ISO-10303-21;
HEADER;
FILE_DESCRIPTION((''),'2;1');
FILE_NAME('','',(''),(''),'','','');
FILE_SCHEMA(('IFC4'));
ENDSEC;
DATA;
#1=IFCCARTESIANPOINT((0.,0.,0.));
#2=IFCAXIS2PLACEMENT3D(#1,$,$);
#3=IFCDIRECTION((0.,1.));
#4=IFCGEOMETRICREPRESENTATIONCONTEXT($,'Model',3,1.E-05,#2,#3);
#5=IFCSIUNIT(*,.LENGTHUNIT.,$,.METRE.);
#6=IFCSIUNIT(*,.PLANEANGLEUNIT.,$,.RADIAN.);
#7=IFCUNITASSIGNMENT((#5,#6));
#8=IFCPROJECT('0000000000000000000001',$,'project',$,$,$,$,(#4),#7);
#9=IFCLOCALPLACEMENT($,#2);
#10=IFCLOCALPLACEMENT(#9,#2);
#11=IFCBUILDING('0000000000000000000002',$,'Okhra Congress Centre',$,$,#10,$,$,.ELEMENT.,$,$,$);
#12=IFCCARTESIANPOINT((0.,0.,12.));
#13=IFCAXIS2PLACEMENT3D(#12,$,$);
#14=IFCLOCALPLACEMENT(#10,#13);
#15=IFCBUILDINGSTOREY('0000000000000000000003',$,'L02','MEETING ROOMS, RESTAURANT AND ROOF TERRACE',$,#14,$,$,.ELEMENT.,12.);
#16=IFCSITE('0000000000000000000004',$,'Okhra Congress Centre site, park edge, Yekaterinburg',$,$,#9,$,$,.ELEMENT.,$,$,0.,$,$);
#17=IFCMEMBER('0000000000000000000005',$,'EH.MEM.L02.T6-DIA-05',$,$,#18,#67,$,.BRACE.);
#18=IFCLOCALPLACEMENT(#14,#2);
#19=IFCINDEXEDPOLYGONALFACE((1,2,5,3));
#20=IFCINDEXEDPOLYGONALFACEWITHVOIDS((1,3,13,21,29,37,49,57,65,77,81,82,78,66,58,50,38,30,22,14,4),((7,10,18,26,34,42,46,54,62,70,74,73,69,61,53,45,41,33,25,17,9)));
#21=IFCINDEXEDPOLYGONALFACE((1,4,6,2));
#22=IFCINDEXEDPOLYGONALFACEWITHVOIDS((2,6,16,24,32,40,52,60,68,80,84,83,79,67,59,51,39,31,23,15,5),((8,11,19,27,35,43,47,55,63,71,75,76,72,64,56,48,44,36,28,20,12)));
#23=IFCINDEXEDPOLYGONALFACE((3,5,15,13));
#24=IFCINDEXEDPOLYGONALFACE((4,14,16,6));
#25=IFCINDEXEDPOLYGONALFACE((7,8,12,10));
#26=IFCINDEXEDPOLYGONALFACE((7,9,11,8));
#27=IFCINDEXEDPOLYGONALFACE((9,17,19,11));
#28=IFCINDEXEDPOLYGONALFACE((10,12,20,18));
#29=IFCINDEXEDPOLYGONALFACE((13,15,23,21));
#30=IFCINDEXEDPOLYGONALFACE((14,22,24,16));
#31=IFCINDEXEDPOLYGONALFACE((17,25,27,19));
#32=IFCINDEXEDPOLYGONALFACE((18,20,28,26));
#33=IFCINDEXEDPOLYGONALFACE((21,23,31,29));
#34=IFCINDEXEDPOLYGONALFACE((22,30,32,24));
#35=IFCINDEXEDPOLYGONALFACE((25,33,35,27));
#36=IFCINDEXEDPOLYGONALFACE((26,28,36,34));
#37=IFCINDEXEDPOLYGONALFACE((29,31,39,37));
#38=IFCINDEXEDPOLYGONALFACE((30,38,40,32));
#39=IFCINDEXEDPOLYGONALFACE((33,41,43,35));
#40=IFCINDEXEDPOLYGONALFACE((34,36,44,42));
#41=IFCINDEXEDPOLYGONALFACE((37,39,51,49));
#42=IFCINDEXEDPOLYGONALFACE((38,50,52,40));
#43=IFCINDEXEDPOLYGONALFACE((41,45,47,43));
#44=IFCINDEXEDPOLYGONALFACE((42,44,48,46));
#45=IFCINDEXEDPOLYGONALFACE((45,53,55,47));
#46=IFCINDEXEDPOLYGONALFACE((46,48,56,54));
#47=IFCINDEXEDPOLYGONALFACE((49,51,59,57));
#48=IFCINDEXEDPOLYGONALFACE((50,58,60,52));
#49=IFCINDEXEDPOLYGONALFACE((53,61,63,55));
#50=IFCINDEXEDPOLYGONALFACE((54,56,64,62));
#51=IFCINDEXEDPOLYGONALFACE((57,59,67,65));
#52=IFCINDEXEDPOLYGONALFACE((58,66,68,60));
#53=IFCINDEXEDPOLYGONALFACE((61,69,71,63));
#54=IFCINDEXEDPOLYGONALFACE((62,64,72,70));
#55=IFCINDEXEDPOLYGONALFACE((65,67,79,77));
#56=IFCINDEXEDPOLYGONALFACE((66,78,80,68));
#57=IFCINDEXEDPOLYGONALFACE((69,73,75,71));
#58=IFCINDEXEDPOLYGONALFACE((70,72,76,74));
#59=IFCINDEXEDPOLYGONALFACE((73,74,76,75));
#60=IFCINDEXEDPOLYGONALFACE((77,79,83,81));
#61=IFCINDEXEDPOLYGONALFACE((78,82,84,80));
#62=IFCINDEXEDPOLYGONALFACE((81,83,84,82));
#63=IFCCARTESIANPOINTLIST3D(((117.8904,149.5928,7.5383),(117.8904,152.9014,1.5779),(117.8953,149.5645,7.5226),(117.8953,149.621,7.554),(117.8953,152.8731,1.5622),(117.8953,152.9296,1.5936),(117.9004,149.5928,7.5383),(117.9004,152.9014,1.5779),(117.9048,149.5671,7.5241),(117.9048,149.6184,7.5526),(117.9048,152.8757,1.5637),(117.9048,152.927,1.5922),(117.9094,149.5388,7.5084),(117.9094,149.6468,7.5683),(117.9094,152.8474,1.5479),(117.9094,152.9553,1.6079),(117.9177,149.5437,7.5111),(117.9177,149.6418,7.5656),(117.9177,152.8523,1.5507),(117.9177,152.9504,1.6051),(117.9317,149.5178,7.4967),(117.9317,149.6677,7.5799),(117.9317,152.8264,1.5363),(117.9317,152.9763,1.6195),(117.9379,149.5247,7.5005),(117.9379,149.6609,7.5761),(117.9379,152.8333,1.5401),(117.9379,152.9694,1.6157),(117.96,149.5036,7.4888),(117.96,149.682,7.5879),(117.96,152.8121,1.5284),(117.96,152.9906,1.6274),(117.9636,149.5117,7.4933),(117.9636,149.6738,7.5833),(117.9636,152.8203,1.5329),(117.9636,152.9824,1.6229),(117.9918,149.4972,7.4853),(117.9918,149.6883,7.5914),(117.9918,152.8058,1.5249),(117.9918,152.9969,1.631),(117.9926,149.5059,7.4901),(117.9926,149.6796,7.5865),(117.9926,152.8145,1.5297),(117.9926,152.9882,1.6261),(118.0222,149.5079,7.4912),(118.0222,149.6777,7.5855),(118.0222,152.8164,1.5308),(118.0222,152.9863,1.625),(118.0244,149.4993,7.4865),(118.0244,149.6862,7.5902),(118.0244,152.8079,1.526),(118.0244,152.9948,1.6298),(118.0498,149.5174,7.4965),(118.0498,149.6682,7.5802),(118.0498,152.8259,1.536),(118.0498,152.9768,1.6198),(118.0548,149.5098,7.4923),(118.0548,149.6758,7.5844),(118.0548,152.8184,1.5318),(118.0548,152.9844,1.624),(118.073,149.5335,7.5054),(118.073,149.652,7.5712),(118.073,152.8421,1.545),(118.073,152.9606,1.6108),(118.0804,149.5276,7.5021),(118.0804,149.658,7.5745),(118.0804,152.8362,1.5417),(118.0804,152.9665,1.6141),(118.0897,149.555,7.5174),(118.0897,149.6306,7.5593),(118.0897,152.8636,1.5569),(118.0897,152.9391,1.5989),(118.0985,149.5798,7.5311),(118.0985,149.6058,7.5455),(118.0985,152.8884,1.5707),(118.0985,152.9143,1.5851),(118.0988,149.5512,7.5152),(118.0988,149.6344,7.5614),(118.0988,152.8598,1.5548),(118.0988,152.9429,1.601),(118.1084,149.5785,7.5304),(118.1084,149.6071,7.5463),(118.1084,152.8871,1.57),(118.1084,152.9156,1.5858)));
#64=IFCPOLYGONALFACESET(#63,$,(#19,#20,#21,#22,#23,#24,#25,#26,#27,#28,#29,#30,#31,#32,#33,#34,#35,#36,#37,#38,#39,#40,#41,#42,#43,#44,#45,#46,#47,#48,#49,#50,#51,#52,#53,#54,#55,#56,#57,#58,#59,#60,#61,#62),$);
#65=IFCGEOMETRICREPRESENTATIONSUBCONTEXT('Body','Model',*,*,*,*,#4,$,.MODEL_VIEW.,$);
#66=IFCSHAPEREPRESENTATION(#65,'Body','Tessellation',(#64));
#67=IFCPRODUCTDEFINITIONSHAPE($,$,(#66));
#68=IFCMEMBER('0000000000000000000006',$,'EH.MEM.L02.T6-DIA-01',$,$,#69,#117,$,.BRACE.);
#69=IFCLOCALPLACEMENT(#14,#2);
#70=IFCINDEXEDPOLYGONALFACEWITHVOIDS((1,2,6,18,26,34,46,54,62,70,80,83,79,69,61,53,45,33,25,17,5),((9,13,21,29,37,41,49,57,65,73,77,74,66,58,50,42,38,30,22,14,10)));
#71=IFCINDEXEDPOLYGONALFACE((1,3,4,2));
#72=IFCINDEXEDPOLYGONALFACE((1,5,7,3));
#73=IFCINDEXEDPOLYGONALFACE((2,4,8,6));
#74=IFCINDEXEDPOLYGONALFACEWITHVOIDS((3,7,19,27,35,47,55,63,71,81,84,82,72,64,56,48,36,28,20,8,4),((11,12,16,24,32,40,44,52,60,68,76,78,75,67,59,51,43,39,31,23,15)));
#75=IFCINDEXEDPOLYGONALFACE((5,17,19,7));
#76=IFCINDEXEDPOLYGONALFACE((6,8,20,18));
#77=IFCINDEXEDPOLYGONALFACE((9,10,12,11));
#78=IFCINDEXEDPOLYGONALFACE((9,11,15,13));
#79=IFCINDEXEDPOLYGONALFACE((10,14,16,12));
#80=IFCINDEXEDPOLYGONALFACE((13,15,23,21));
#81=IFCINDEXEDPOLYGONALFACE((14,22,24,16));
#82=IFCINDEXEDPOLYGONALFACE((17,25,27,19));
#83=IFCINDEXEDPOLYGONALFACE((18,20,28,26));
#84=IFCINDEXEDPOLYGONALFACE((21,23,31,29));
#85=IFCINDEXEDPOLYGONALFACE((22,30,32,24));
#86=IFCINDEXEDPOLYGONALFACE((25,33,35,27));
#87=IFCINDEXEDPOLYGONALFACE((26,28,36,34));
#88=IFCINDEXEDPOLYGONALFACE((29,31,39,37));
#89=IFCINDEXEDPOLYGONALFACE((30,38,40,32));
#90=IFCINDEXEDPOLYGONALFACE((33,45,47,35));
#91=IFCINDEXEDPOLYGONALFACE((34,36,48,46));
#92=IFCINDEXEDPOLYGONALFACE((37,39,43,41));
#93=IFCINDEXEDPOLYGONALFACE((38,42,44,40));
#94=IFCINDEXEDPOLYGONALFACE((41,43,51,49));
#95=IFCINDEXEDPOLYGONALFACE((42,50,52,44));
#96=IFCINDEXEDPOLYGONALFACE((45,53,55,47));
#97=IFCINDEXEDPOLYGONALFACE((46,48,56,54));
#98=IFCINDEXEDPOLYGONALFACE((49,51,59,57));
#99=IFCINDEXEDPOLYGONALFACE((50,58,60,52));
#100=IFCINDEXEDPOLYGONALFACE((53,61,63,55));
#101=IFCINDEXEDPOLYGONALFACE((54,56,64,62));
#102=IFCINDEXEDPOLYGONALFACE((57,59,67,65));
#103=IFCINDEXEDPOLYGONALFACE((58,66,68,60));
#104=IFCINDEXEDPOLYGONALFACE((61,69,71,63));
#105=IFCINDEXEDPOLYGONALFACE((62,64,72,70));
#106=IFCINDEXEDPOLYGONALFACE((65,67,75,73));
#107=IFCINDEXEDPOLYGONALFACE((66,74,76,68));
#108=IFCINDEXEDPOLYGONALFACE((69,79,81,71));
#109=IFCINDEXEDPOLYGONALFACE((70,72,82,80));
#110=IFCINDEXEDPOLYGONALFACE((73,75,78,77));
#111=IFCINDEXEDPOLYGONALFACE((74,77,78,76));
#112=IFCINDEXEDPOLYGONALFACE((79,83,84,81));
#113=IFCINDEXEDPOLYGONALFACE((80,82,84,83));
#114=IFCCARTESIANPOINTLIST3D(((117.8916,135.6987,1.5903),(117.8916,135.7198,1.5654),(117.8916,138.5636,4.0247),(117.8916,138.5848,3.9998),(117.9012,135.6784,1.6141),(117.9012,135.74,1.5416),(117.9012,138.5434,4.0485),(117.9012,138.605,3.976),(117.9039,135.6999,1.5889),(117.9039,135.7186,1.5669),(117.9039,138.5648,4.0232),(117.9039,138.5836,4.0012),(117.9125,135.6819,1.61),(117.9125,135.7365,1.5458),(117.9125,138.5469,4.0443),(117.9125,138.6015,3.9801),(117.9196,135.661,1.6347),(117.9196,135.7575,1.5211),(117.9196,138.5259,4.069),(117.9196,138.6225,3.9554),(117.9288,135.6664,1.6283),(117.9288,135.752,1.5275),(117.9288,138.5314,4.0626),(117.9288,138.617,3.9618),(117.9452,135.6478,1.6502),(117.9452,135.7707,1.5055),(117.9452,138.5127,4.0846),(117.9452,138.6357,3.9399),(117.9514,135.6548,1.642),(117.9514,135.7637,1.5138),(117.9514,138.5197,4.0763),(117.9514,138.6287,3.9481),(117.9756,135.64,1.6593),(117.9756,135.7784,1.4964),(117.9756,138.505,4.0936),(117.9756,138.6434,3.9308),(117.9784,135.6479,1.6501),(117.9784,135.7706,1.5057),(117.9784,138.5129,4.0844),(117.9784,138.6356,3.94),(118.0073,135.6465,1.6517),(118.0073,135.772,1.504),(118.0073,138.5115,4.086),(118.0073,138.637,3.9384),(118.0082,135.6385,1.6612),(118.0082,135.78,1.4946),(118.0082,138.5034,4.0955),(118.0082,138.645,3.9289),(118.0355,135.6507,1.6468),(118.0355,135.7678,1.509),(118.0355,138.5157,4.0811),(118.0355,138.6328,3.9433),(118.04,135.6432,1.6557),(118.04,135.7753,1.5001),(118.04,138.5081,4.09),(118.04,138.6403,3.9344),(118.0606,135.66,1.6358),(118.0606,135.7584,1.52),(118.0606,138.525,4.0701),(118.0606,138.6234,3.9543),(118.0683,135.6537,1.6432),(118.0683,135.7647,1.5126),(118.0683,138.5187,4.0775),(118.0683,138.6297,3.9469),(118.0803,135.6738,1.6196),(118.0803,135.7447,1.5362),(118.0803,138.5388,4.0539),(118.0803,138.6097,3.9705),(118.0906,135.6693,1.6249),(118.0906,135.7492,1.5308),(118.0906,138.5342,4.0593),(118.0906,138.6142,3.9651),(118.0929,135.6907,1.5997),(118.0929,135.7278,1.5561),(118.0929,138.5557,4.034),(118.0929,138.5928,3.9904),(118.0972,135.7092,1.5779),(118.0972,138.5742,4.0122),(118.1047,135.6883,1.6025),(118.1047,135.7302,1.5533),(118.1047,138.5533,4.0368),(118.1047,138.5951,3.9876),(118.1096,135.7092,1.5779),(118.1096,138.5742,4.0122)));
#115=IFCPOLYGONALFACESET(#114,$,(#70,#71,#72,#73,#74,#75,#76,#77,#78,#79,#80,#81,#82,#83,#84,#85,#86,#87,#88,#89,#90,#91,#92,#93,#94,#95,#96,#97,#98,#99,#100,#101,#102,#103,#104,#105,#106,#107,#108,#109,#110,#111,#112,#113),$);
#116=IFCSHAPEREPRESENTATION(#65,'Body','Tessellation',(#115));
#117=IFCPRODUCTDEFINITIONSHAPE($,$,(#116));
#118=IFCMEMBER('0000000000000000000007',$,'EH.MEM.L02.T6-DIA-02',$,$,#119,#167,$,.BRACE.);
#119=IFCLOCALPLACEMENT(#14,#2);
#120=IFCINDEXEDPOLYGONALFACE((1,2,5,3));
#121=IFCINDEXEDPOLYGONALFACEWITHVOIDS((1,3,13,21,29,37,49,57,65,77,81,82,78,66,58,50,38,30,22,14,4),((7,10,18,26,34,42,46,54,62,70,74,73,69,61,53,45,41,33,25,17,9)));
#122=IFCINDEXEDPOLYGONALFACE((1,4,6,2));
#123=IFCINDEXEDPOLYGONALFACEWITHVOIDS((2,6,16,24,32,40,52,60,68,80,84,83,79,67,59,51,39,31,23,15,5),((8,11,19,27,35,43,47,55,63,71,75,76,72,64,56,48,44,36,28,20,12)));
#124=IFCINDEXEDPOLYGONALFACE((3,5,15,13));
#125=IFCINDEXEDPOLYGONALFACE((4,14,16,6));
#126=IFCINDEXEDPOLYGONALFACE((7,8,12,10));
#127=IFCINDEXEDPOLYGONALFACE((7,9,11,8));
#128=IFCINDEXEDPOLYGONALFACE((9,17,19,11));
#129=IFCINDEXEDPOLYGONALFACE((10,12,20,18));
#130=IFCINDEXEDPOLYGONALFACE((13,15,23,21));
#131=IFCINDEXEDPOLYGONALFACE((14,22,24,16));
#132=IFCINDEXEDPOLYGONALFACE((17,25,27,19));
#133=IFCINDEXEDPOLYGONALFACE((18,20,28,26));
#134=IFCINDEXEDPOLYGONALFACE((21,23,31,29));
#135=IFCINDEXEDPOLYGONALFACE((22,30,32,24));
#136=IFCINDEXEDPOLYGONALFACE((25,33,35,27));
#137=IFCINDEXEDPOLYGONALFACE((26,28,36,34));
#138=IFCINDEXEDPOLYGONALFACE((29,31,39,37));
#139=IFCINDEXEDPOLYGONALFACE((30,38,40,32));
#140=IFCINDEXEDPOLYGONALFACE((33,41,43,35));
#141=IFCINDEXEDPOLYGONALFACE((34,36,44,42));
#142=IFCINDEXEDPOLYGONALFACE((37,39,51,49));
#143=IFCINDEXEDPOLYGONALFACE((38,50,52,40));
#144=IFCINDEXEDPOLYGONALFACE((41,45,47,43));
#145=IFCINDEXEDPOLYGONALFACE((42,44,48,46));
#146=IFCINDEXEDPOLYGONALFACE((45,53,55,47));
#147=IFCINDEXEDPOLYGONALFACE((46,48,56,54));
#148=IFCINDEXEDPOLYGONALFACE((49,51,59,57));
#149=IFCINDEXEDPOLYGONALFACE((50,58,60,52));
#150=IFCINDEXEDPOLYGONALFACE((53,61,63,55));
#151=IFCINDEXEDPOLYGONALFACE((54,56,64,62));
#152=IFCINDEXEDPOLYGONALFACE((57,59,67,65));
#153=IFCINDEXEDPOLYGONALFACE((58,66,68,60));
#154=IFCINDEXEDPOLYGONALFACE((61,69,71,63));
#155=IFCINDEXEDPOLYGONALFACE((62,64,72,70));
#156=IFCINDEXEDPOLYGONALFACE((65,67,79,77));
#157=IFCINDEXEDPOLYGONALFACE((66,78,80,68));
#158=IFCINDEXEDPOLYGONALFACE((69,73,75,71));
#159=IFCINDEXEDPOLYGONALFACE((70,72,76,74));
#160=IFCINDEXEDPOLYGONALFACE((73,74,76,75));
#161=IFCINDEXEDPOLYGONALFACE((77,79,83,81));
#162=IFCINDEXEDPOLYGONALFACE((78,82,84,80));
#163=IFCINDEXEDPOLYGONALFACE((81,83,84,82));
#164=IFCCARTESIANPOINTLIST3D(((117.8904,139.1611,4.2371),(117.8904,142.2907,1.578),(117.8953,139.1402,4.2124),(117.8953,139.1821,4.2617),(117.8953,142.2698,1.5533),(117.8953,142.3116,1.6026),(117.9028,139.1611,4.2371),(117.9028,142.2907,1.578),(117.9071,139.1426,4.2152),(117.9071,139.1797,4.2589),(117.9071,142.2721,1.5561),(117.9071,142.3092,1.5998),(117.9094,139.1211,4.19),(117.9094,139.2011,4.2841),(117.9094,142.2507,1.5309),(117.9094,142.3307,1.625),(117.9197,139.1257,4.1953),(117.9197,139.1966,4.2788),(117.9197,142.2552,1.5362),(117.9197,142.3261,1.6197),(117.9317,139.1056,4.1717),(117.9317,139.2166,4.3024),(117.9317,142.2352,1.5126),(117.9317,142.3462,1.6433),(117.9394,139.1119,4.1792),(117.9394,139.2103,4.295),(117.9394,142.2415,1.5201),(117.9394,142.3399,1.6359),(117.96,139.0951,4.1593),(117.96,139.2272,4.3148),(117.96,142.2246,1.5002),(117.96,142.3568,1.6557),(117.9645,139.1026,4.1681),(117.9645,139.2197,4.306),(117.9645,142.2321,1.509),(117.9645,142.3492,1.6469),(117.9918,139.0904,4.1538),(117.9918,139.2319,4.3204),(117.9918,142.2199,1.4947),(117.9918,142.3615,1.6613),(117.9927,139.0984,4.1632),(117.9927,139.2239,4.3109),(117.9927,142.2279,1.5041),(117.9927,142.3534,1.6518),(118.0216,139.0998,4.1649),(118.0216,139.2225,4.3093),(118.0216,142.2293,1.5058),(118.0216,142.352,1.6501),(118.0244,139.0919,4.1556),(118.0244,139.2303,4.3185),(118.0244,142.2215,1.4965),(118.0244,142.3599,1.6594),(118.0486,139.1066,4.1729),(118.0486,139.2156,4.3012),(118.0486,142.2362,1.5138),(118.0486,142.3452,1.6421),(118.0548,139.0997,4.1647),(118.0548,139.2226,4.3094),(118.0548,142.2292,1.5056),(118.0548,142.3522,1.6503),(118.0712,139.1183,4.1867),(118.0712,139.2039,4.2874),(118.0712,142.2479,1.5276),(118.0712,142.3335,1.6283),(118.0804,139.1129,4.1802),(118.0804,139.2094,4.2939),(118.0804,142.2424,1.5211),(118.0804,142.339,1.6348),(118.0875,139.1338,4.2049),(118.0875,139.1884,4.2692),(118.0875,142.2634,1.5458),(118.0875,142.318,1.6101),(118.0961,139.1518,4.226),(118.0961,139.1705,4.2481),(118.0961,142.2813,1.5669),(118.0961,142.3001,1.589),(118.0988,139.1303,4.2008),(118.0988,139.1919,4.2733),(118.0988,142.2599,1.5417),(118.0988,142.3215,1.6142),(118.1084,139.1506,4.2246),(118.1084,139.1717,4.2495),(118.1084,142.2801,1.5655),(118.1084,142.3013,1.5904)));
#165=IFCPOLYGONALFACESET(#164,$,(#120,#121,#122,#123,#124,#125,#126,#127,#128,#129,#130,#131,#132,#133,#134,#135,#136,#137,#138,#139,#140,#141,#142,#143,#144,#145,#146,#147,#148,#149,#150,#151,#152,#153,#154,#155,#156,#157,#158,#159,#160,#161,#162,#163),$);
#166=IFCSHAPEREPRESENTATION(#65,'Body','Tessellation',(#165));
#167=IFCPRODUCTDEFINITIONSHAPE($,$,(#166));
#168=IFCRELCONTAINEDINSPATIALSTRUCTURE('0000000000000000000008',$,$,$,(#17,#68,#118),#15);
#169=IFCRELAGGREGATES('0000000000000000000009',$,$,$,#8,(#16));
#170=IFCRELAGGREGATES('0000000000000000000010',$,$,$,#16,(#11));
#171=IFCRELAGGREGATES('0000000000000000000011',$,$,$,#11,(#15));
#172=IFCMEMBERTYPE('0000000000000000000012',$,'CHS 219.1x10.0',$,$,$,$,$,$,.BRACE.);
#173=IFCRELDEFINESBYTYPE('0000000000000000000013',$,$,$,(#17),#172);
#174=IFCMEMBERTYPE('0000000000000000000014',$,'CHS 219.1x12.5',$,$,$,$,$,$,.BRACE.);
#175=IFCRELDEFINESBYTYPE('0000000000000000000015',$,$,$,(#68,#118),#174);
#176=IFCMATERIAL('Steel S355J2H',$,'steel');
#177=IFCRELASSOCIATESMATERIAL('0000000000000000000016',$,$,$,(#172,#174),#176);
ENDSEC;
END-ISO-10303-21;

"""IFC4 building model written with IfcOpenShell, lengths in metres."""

from ifc_helpers import new_model, si_unit, direction, frame, origin, origin_2d, place, context, subcontext, project, spatial, hollow_circle, extrude, material, material_profile, profile_set, type_object, element, save


model = new_model("IFC4")

# Units and contexts
model_context = context("Model", 3, precision=1e-05, world=origin(), true_north=direction((0.0, 1.0)))
body_context = subcontext(model_context, "Body", "Model", "MODEL_VIEW")
ifc_project = project(units=[si_unit("LENGTHUNIT", "METRE"), si_unit("PLANEANGLEUNIT", "RADIAN")], contexts=[model_context])

# Site, building, storey
site_placement = place(None, origin())
site = spatial("IfcSite", under=ifc_project, at=site_placement, Name="Okhra Congress Centre site, park edge, Yekaterinburg", CompositionType="ELEMENT", RefElevation=0.0)
building_placement = place(site_placement, origin())
building = spatial("IfcBuilding", under=site, at=building_placement, Name="Okhra Congress Centre", CompositionType="ELEMENT")
storey_placement = place(building_placement, frame((0.0, 0.0, 12.0)))
storey = spatial("IfcBuildingStorey", under=building, at=storey_placement, Name="L02", Description="MEETING ROOMS, RESTAURANT AND ROOF TERRACE", CompositionType="ELEMENT", Elevation=12.0)

# Members
ifc_material_1 = material(Name="Steel S355J2H", Category="steel")
ifc_material_profile_1 = material_profile(ifc_material_1, hollow_circle(Radius=0.1096, WallThickness=0.01, at=origin_2d()), Name="CHS 219.1x10.0")
ifc_profile_set_1 = profile_set([ifc_material_profile_1], Name="Steel S355J2H")
member_type_1 = type_object("IfcMemberType", Name="CHS 219.1x10.0", PredefinedType="BRACE", material=ifc_profile_set_1)
member_1_placement = place(storey_placement, frame((118.0, 149.5928, 7.5383), z_axis=(0.0, 0.485333, -0.87433), x_axis=(-1.0, 0.0, 0.0)))
element("IfcMember", 1, at=member_1_placement, inside=storey, type_object=member_type_1, Name="EH.MEM.L02.T6-DIA-05", PredefinedType="BRACE", context=body_context, shape_type="SweptSolid", body=[
    extrude(hollow_circle(Radius=0.1096, WallThickness=0.01, at=origin_2d()), origin(), (0.0, 0.0, 1.0), 6.8171),
])
ifc_material_profile_2 = material_profile(ifc_material_1, hollow_circle(Radius=0.1096, WallThickness=0.0125, at=origin_2d()), Name="CHS 219.1x12.5")
ifc_profile_set_2 = profile_set([ifc_material_profile_2], Name="Steel S355J2H")
member_type_2 = type_object("IfcMemberType", Name="CHS 219.1x12.5", PredefinedType="BRACE", material=ifc_profile_set_2)
member_2_placement = place(storey_placement, frame((118.0, 138.5742, 4.0122), z_axis=(0.0, -0.762059, -0.647507), x_axis=(1.0, 0.0, 0.0)))
element("IfcMember", 2, at=member_2_placement, inside=storey, type_object=member_type_2, Name="EH.MEM.L02.T6-DIA-01", PredefinedType="BRACE", context=body_context, shape_type="SweptSolid", body=[
    extrude(hollow_circle(Radius=0.1096, WallThickness=0.0125, at=origin_2d()), origin(), (0.0, 0.0, 1.0), 3.7595),
])
member_3_placement = place(storey_placement, frame((118.0, 139.1611, 4.2371), z_axis=(0.0, 0.762061, -0.647505), x_axis=(-1.0, 0.0, 0.0)))
element("IfcMember", 3, at=member_3_placement, inside=storey, type_object=member_type_2, Name="EH.MEM.L02.T6-DIA-02", PredefinedType="BRACE", context=body_context, shape_type="SweptSolid", body=[
    extrude(hollow_circle(Radius=0.1096, WallThickness=0.0125, at=origin_2d()), origin(), (0.0, 0.0, 1.0), 4.1067),
])

save(model, "model.ifc")
